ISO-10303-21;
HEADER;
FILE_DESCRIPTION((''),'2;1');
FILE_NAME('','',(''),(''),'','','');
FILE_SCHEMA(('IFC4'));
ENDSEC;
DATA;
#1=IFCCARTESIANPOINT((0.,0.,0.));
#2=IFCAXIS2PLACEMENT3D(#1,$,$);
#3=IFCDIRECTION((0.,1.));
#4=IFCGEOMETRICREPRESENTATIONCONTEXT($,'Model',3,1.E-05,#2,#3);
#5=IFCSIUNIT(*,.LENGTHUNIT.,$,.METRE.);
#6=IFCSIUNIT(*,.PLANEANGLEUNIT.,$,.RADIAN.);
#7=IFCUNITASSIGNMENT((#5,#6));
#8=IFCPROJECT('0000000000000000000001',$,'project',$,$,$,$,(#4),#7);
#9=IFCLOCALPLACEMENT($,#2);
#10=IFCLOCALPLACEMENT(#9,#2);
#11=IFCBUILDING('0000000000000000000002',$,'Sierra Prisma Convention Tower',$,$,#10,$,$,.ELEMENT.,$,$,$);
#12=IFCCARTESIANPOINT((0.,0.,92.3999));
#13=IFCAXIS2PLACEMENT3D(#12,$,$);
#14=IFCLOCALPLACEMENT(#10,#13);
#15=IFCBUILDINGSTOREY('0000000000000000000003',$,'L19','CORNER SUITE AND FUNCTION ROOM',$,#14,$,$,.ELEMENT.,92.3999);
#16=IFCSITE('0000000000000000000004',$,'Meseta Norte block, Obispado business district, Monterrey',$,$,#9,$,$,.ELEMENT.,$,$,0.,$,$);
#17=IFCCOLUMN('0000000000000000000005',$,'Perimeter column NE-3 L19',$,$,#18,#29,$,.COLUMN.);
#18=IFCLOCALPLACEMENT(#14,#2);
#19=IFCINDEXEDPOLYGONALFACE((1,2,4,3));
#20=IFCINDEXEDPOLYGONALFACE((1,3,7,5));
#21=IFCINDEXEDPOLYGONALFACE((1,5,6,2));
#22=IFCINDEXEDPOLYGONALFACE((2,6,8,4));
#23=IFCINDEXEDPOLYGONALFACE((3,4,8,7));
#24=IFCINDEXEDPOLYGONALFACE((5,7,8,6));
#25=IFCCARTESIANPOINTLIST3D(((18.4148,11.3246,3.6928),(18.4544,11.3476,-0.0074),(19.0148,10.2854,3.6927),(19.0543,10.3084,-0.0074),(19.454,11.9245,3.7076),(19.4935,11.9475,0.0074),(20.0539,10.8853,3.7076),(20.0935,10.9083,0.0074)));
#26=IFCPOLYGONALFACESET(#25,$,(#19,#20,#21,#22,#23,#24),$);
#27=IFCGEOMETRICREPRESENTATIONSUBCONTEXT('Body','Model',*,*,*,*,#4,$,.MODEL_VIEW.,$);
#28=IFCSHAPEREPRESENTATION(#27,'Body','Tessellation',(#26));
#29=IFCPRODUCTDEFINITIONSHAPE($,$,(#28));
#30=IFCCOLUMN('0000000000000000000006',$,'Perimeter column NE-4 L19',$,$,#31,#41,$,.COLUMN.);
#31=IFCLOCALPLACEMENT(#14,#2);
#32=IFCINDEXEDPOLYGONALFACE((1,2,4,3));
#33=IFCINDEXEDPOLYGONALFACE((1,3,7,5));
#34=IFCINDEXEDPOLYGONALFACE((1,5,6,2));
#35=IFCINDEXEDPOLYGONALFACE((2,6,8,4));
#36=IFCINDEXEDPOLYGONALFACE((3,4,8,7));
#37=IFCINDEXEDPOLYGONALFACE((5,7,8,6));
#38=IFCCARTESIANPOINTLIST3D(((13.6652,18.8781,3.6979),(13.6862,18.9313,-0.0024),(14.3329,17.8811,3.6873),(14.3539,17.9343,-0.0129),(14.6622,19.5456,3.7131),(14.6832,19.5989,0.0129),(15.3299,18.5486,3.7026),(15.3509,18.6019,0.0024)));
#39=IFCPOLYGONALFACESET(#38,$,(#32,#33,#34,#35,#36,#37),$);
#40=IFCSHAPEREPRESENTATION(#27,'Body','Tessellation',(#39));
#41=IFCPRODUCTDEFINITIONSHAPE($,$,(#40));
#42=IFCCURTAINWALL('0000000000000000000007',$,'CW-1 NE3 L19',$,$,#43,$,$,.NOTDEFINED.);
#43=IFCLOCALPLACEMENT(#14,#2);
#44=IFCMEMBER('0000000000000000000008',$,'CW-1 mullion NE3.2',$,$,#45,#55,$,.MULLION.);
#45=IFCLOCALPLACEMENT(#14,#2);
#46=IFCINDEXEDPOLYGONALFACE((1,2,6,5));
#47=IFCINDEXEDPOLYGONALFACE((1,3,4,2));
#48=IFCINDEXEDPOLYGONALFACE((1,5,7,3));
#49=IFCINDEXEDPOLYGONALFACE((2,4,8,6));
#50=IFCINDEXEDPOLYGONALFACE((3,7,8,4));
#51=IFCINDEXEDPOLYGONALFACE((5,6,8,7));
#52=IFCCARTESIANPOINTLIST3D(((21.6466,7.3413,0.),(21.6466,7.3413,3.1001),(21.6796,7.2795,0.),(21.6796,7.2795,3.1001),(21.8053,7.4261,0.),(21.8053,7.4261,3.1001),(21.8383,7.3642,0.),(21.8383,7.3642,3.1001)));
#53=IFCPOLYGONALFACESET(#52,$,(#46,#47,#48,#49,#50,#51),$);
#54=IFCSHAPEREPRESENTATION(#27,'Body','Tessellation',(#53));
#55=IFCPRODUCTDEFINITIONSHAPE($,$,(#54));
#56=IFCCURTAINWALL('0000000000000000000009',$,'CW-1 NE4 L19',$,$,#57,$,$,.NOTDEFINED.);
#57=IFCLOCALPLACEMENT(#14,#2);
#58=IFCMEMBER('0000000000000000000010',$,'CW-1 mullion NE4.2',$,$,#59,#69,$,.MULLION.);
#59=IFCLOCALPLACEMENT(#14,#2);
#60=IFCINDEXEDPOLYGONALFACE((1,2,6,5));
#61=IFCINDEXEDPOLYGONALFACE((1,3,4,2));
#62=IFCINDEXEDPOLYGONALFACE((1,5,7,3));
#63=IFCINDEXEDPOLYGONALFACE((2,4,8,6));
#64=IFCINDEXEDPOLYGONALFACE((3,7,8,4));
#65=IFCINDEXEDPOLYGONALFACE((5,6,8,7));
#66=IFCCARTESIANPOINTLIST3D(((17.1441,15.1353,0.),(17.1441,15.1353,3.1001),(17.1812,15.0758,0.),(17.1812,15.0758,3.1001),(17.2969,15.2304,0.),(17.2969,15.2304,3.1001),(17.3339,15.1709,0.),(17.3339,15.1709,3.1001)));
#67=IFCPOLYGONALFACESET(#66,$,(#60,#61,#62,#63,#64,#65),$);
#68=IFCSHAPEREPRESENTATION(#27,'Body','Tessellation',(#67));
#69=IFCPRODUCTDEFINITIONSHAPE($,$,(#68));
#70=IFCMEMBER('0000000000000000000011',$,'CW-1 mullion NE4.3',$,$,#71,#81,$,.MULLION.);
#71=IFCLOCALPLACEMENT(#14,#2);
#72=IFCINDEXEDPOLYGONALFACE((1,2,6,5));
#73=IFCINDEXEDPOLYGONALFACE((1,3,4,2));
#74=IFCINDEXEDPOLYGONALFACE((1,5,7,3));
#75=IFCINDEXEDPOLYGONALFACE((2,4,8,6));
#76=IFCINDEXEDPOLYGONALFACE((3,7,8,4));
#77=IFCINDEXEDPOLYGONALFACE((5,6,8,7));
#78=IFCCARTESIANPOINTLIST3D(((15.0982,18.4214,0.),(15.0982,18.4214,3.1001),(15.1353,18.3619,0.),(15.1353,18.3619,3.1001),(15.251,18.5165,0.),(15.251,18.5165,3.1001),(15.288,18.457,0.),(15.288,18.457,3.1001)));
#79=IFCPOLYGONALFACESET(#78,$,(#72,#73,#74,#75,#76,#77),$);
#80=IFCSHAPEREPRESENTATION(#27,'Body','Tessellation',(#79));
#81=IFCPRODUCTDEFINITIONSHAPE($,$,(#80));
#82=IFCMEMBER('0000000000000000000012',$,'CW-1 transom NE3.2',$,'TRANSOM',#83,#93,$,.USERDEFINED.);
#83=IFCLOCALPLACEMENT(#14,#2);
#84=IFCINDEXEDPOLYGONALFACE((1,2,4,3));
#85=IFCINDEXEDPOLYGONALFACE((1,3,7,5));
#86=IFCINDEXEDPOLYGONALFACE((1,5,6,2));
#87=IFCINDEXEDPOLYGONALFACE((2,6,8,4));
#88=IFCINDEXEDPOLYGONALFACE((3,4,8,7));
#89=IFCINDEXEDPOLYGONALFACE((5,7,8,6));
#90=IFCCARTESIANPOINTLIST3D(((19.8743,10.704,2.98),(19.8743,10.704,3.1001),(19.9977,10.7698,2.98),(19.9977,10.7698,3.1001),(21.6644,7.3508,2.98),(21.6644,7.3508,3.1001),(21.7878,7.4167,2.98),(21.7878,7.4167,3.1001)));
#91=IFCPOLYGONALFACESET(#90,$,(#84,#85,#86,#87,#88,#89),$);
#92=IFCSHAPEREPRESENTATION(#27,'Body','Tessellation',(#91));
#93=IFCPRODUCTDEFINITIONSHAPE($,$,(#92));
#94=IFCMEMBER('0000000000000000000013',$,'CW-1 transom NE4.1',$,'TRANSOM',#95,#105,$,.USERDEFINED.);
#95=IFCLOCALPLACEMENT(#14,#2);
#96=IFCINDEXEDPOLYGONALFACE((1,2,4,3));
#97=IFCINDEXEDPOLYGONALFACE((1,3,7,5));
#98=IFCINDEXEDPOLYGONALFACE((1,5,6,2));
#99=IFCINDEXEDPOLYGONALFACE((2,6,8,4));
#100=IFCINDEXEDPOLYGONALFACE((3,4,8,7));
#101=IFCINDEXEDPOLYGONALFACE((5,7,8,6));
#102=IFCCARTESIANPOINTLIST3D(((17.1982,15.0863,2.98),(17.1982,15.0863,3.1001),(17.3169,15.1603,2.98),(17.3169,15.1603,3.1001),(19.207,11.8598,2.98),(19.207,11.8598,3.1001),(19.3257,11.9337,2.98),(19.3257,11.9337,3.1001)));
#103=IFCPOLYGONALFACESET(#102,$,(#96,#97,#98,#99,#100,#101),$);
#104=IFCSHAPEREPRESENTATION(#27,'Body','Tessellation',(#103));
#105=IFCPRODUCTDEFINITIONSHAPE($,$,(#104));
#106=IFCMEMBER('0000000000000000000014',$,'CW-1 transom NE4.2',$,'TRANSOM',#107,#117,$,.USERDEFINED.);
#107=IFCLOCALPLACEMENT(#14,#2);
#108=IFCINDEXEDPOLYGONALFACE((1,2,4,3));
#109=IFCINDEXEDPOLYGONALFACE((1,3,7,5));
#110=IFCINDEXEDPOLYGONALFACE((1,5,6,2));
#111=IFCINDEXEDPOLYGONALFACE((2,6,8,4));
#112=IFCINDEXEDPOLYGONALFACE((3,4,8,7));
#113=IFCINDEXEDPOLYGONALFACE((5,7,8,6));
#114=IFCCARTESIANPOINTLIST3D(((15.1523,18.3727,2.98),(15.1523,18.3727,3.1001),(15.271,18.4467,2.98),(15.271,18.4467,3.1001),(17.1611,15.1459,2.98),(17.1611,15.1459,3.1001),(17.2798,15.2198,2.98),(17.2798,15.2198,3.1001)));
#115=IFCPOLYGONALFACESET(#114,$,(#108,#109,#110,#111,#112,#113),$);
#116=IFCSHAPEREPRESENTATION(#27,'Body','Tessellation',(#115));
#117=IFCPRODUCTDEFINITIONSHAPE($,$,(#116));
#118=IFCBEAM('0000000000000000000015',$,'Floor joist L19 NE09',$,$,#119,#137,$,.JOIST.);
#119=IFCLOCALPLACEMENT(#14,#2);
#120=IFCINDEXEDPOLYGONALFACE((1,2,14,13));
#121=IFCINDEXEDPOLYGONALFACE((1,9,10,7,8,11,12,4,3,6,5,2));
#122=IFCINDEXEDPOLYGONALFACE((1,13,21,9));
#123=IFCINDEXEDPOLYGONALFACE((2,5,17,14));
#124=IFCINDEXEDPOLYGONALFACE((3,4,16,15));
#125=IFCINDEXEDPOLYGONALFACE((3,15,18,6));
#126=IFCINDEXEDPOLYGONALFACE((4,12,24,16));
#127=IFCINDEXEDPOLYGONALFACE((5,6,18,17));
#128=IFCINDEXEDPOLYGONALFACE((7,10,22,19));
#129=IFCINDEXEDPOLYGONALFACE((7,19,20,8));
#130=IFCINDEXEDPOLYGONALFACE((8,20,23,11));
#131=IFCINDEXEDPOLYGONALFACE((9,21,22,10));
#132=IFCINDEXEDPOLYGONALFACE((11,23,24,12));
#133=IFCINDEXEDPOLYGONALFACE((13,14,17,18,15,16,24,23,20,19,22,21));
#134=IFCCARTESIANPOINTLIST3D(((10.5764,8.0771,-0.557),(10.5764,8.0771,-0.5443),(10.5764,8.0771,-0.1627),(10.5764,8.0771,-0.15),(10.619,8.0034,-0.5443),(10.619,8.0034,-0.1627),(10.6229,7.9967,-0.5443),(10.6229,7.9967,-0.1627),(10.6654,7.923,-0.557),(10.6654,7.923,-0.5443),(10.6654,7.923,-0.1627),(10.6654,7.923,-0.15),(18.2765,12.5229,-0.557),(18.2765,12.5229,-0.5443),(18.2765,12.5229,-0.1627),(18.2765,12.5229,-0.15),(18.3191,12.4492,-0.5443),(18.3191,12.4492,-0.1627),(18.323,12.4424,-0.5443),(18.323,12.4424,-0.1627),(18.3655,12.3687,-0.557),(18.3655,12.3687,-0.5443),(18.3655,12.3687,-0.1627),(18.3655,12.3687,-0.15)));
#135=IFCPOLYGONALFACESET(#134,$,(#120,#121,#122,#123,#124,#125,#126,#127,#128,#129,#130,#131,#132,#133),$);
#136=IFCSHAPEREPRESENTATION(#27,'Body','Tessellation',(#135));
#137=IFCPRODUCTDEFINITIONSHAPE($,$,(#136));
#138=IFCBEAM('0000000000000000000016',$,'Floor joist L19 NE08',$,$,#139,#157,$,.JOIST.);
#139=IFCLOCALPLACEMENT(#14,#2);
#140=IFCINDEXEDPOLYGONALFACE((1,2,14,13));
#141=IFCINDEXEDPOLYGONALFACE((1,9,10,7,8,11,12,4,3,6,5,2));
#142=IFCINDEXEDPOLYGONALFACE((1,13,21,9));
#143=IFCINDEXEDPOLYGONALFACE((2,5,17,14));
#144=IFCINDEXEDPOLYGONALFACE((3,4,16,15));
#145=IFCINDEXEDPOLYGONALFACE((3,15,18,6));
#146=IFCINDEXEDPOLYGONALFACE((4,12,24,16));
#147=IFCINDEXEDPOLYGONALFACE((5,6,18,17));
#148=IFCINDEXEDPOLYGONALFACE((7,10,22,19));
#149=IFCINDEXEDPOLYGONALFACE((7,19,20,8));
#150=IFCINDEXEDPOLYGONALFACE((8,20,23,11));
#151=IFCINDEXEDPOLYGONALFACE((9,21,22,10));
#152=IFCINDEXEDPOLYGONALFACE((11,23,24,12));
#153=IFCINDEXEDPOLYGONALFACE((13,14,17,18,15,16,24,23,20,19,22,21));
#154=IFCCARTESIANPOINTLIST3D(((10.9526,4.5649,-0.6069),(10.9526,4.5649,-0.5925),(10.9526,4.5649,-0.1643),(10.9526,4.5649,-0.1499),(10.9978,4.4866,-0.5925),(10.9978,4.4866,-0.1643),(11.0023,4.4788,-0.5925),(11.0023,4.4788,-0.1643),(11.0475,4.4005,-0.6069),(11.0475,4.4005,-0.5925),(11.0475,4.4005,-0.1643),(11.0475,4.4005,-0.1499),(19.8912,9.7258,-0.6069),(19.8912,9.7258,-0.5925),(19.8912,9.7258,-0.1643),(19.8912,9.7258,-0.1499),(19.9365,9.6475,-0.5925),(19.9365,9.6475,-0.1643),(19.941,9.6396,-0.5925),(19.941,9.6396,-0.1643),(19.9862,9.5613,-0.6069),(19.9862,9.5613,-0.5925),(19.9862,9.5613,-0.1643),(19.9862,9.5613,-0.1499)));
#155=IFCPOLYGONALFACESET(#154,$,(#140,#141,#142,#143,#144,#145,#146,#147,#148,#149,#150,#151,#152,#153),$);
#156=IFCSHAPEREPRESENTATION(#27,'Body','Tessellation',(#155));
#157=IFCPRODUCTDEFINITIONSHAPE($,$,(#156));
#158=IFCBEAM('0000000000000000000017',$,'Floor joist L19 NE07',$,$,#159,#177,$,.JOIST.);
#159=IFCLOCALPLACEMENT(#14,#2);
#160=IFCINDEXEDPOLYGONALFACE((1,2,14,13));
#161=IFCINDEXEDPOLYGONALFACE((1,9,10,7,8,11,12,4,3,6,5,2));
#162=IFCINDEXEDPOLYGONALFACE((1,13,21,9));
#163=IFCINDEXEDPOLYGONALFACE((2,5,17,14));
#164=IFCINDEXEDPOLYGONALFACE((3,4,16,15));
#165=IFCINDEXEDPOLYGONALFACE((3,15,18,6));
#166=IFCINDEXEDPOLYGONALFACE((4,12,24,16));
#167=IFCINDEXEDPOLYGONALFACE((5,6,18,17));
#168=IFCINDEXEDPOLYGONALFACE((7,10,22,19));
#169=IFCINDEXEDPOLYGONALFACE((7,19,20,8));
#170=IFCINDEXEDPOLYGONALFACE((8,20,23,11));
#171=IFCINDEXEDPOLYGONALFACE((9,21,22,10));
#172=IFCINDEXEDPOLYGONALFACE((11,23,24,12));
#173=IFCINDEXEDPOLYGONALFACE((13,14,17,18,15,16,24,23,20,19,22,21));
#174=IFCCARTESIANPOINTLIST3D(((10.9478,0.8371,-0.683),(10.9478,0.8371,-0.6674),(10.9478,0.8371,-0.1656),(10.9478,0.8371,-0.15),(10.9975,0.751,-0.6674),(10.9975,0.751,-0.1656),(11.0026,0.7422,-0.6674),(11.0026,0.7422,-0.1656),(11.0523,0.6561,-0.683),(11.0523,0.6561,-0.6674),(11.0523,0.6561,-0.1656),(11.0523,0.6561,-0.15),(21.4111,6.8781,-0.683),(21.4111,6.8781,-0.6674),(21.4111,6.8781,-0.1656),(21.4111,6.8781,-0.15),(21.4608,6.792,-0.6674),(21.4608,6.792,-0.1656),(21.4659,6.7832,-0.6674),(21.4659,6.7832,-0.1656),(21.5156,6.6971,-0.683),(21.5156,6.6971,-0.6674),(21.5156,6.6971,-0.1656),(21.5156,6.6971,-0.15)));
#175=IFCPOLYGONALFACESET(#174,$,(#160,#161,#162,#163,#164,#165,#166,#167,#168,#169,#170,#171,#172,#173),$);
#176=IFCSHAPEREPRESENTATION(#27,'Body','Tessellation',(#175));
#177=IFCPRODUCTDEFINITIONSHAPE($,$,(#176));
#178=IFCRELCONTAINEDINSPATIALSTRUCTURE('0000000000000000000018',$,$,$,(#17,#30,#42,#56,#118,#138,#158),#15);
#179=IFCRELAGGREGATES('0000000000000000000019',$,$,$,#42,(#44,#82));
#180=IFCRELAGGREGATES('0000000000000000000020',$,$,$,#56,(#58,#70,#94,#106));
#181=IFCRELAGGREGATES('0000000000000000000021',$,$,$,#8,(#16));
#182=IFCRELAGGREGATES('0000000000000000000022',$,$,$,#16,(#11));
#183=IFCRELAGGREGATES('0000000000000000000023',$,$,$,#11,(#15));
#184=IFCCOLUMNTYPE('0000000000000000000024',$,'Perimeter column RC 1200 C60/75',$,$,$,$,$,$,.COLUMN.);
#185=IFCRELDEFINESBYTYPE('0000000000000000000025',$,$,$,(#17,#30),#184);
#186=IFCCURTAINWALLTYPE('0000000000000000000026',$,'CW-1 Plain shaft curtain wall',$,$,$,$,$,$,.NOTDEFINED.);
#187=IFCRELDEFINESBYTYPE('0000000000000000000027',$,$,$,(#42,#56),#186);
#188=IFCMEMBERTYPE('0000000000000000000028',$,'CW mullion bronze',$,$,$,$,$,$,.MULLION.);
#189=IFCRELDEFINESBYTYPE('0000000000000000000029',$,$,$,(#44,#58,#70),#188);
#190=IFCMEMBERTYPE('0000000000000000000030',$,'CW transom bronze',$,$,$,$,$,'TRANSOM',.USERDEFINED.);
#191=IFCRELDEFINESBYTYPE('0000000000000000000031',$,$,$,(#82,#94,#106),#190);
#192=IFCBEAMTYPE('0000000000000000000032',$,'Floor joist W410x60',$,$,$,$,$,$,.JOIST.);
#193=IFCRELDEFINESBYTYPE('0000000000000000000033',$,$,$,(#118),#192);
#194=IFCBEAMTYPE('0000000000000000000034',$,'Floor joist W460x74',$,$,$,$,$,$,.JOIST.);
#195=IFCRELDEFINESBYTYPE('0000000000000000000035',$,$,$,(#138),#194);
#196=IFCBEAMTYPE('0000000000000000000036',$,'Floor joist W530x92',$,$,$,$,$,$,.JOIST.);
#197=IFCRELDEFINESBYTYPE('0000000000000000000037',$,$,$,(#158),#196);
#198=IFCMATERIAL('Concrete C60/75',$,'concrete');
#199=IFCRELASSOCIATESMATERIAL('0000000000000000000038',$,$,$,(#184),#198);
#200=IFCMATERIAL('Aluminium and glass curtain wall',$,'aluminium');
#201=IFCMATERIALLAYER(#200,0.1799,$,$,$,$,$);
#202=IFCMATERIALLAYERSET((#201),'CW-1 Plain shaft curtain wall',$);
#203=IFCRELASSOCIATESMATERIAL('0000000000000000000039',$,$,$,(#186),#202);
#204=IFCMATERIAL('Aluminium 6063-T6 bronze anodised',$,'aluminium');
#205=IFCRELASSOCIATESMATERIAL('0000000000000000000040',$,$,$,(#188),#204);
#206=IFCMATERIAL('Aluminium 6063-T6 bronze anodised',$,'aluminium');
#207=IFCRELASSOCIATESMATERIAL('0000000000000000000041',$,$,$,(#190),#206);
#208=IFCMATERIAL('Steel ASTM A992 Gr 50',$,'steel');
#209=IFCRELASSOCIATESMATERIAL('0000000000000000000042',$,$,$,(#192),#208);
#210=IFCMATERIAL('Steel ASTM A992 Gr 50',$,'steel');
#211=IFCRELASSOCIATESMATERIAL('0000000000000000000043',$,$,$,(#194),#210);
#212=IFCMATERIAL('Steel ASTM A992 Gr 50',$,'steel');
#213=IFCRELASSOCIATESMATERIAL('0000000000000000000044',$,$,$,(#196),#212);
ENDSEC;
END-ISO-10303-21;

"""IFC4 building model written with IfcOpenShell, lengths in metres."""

from ifc_helpers import new_model, si_unit, direction, frame, origin, origin_2d, place, context, subcontext, project, spatial, rectangle, i_section, extrude, material, layer, layer_set, material_profile, profile_set, type_object, element, aggregate, save


model = new_model("IFC4")

# Units and contexts
model_context = context("Model", 3, precision=1e-05, world=origin(), true_north=direction((0.0, 1.0)))
body_context = subcontext(model_context, "Body", "Model", "MODEL_VIEW")
ifc_project = project(units=[si_unit("LENGTHUNIT", "METRE"), si_unit("PLANEANGLEUNIT", "RADIAN")], contexts=[model_context])

# Site, building, storey
site_placement = place(None, origin())
site = spatial("IfcSite", under=ifc_project, at=site_placement, Name="Meseta Norte block, Obispado business district, Monterrey", CompositionType="ELEMENT", RefElevation=0.0)
building_placement = place(site_placement, origin())
building = spatial("IfcBuilding", under=site, at=building_placement, Name="Sierra Prisma Convention Tower", CompositionType="ELEMENT")
storey_placement = place(building_placement, frame((0.0, 0.0, 92.3999)))
storey = spatial("IfcBuildingStorey", under=building, at=storey_placement, Name="L19", Description="CORNER SUITE AND FUNCTION ROOM", CompositionType="ELEMENT", Elevation=92.3999)

# Columns
ifc_material_1 = material(Name="Concrete C60/75", Category="concrete")
ifc_material_profile_1 = material_profile(ifc_material_1, rectangle(XDim=1.2, YDim=1.2, at=origin_2d()), Name="Perimeter column RC 1200 C60/75")
ifc_profile_set_1 = profile_set([ifc_material_profile_1], Name="Concrete C60/75")
column_type = type_object("IfcColumnType", Name="Perimeter column RC 1200 C60/75", PredefinedType="COLUMN", material=ifc_profile_set_1)
column_1_placement = place(storey_placement, frame((19.2739, 11.1279, 0.0), z_axis=(-0.010688, -0.006202, 0.999924), x_axis=(-0.499971, 0.866042, 0.000027)))
element("IfcColumn", 1, at=column_1_placement, inside=storey, type_object=column_type, Name="Perimeter column NE-3 L19", PredefinedType="COLUMN", context=body_context, shape_type="SweptSolid", body=[
    extrude(rectangle(XDim=1.2, YDim=1.2, at=origin_2d()), origin(), (0.0, 0.0, 1.0), 3.7004),
])
column_2_placement = place(storey_placement, frame((14.5186, 18.7666, 0.0), z_axis=(-0.005674, -0.014382, 0.99988), x_axis=(-0.556413, 0.830859, 0.008794)))
element("IfcColumn", 2, at=column_2_placement, inside=storey, type_object=column_type, Name="Perimeter column NE-4 L19", PredefinedType="COLUMN", context=body_context, shape_type="SweptSolid", body=[
    extrude(rectangle(XDim=1.2, YDim=1.2, at=origin_2d()), origin(), (0.0, 0.0, 1.0), 3.7007),
])

# Curtain wall, member
ifc_material_2 = material(Name="Aluminium and glass curtain wall", Category="aluminium")
ifc_layer_1 = layer(ifc_material_2, 0.1799)
ifc_layer_set_1 = layer_set([ifc_layer_1], Name="CW-1 Plain shaft curtain wall")
curtain_wall_type = type_object("IfcCurtainWallType", Name="CW-1 Plain shaft curtain wall", PredefinedType="NOTDEFINED", material=ifc_layer_set_1)
curtain_wall_1_placement = place(storey_placement, origin())
curtain_wall_1 = element("IfcCurtainWall", 3, at=curtain_wall_1_placement, inside=storey, type_object=curtain_wall_type, Name="CW-1 NE3 L19", PredefinedType="NOTDEFINED")
ifc_material_3 = material(Name="Aluminium 6063-T6 bronze anodised", Category="aluminium")
ifc_material_profile_2 = material_profile(ifc_material_3, rectangle(XDim=0.1799, YDim=0.0701, at=origin_2d()), Name="ALU MULLION 70x180")
ifc_profile_set_2 = profile_set([ifc_material_profile_2], Name="Aluminium 6063-T6 bronze anodised")
member_type_1 = type_object("IfcMemberType", Name="CW mullion bronze", PredefinedType="MULLION", material=ifc_profile_set_2)
member_1_placement = place(storey_placement, frame((21.7424, 7.3528, 0.0), z_axis=(0.0, 0.0, 1.0), x_axis=(-0.882163, -0.470945, 0.0)))
member_1 = element("IfcMember", 4, at=member_1_placement, type_object=member_type_1, Name="CW-1 mullion NE3.2", PredefinedType="MULLION", context=body_context, shape_type="SweptSolid", body=[
    extrude(rectangle(XDim=0.1799, YDim=0.0701, at=origin_2d()), origin(), (0.0, 0.0, 1.0), 3.1001),
])

# Curtain wall, members
curtain_wall_2_placement = place(storey_placement, origin())
curtain_wall_2 = element("IfcCurtainWall", 5, at=curtain_wall_2_placement, inside=storey, type_object=curtain_wall_type, Name="CW-1 NE4 L19", PredefinedType="NOTDEFINED")
member_2_placement = place(storey_placement, frame((17.239, 15.1531, 0.0), z_axis=(0.0, 0.0, 1.0), x_axis=(-0.848932, -0.528503, 0.0)))
member_2 = element("IfcMember", 6, at=member_2_placement, type_object=member_type_1, Name="CW-1 mullion NE4.2", PredefinedType="MULLION", context=body_context, shape_type="SweptSolid", body=[
    extrude(rectangle(XDim=0.1799, YDim=0.0701, at=origin_2d()), origin(), (0.0, 0.0, 1.0), 3.1001),
])
member_3_placement = place(storey_placement, frame((15.1931, 18.4392, 0.0), z_axis=(0.0, 0.0, 1.0), x_axis=(-0.848932, -0.528503, 0.0)))
member_3 = element("IfcMember", 7, at=member_3_placement, type_object=member_type_1, Name="CW-1 mullion NE4.3", PredefinedType="MULLION", context=body_context, shape_type="SweptSolid", body=[
    extrude(rectangle(XDim=0.1799, YDim=0.0701, at=origin_2d()), origin(), (0.0, 0.0, 1.0), 3.1001),
])

# Members
ifc_material_4 = material(Name="Aluminium 6063-T6 bronze anodised", Category="aluminium")
ifc_material_profile_3 = material_profile(ifc_material_4, rectangle(XDim=0.1399, YDim=0.1201, at=origin_2d()), Name="ALU TRANSOM 120x140")
ifc_profile_set_3 = profile_set([ifc_material_profile_3], Name="Aluminium 6063-T6 bronze anodised")
member_type_2 = type_object("IfcMemberType", Name="CW transom bronze", ElementType="TRANSOM", PredefinedType="USERDEFINED", material=ifc_profile_set_3)
member_4_placement = place(storey_placement, frame((21.7261, 7.3838, 3.04), z_axis=(-0.470948, 0.882161, 0.0), x_axis=(-0.882161, -0.470948, 0.0)))
member_4 = element("IfcMember", 8, at=member_4_placement, type_object=member_type_2, Name="CW-1 transom NE3.2", ObjectType="TRANSOM", PredefinedType="USERDEFINED", context=body_context, shape_type="SweptSolid", body=[
    extrude(rectangle(XDim=0.1399, YDim=0.1201, at=origin_2d()), origin(), (0.0, 0.0, 1.0), 3.801),
])
member_5_placement = place(storey_placement, frame((19.2664, 11.8967, 3.04), z_axis=(-0.52852, 0.848921, 0.0), x_axis=(-0.848921, -0.52852, 0.0)))
member_5 = element("IfcMember", 9, at=member_5_placement, type_object=member_type_2, Name="CW-1 transom NE4.1", ObjectType="TRANSOM", PredefinedType="USERDEFINED", context=body_context, shape_type="SweptSolid", body=[
    extrude(rectangle(XDim=0.1399, YDim=0.1201, at=origin_2d()), origin(), (0.0, 0.0, 1.0), 3.8008),
])
member_6_placement = place(storey_placement, frame((17.2205, 15.1829, 3.04), z_axis=(-0.528491, 0.848939, 0.0), x_axis=(-0.848939, -0.528491, 0.0)))
member_6 = element("IfcMember", 10, at=member_6_placement, type_object=member_type_2, Name="CW-1 transom NE4.2", ObjectType="TRANSOM", PredefinedType="USERDEFINED", context=body_context, shape_type="SweptSolid", body=[
    extrude(rectangle(XDim=0.1399, YDim=0.1201, at=origin_2d()), origin(), (0.0, 0.0, 1.0), 3.801),
])

# Beams
ifc_material_5 = material(Name="Steel ASTM A992 Gr 50", Category="steel")
ifc_material_profile_4 = material_profile(ifc_material_5, i_section(OverallWidth=0.178, OverallDepth=0.407, WebThickness=0.0078, FlangeThickness=0.0127, at=origin_2d()), Name="W410x60")
ifc_profile_set_4 = profile_set([ifc_material_profile_4], Name="Steel ASTM A992 Gr 50")
beam_type_1 = type_object("IfcBeamType", Name="Floor joist W410x60", PredefinedType="JOIST", material=ifc_profile_set_4)
beam_1_placement = place(storey_placement, frame((18.321, 12.4458, -0.3535), z_axis=(-0.866021, -0.500008, 0.0), x_axis=(0.500008, -0.866021, 0.0)))
element("IfcBeam", 11, at=beam_1_placement, inside=storey, type_object=beam_type_1, Name="Floor joist L19 NE09", PredefinedType="JOIST", context=body_context, shape_type="SweptSolid", body=[
    extrude(i_section(OverallWidth=0.178, OverallDepth=0.407, WebThickness=0.0078, FlangeThickness=0.0127, at=origin_2d()), origin(), (0.0, 0.0, 1.0), 8.8914),
])
ifc_material_6 = material(Name="Steel ASTM A992 Gr 50", Category="steel")
ifc_material_profile_5 = material_profile(ifc_material_6, i_section(OverallWidth=0.1899, OverallDepth=0.457, WebThickness=0.009, FlangeThickness=0.0144, at=origin_2d()), Name="W460x74")
ifc_profile_set_5 = profile_set([ifc_material_profile_5], Name="Steel ASTM A992 Gr 50")
beam_type_2 = type_object("IfcBeamType", Name="Floor joist W460x74", PredefinedType="JOIST", material=ifc_profile_set_5)
beam_2_placement = place(storey_placement, frame((19.9387, 9.6436, -0.3784), z_axis=(-0.866021, -0.500008, 0.0), x_axis=(0.500008, -0.866021, 0.0)))
element("IfcBeam", 12, at=beam_2_placement, inside=storey, type_object=beam_type_2, Name="Floor joist L19 NE08", PredefinedType="JOIST", context=body_context, shape_type="SweptSolid", body=[
    extrude(i_section(OverallWidth=0.1899, OverallDepth=0.457, WebThickness=0.009, FlangeThickness=0.0144, at=origin_2d()), origin(), (0.0, 0.0, 1.0), 10.3215),
])
ifc_material_7 = material(Name="Steel ASTM A992 Gr 50", Category="steel")
ifc_material_profile_6 = material_profile(ifc_material_7, i_section(OverallWidth=0.209, OverallDepth=0.533, WebThickness=0.0103, FlangeThickness=0.0156, at=origin_2d()), Name="W530x92")
ifc_profile_set_6 = profile_set([ifc_material_profile_6], Name="Steel ASTM A992 Gr 50")
beam_type_3 = type_object("IfcBeamType", Name="Floor joist W530x92", PredefinedType="JOIST", material=ifc_profile_set_6)
beam_3_placement = place(storey_placement, frame((21.4634, 6.7876, -0.4165), z_axis=(-0.866026, -0.499999, 0.0), x_axis=(0.499999, -0.866026, 0.0)))
element("IfcBeam", 13, at=beam_3_placement, inside=storey, type_object=beam_type_3, Name="Floor joist L19 NE07", PredefinedType="JOIST", context=body_context, shape_type="SweptSolid", body=[
    extrude(i_section(OverallWidth=0.209, OverallDepth=0.533, WebThickness=0.0103, FlangeThickness=0.0156, at=origin_2d()), origin(), (0.0, 0.0, 1.0), 12.082),
])

aggregate(curtain_wall_1, [member_1, member_4])
aggregate(curtain_wall_2, [member_2, member_3, member_5, member_6])

save(model, "model.ifc")
